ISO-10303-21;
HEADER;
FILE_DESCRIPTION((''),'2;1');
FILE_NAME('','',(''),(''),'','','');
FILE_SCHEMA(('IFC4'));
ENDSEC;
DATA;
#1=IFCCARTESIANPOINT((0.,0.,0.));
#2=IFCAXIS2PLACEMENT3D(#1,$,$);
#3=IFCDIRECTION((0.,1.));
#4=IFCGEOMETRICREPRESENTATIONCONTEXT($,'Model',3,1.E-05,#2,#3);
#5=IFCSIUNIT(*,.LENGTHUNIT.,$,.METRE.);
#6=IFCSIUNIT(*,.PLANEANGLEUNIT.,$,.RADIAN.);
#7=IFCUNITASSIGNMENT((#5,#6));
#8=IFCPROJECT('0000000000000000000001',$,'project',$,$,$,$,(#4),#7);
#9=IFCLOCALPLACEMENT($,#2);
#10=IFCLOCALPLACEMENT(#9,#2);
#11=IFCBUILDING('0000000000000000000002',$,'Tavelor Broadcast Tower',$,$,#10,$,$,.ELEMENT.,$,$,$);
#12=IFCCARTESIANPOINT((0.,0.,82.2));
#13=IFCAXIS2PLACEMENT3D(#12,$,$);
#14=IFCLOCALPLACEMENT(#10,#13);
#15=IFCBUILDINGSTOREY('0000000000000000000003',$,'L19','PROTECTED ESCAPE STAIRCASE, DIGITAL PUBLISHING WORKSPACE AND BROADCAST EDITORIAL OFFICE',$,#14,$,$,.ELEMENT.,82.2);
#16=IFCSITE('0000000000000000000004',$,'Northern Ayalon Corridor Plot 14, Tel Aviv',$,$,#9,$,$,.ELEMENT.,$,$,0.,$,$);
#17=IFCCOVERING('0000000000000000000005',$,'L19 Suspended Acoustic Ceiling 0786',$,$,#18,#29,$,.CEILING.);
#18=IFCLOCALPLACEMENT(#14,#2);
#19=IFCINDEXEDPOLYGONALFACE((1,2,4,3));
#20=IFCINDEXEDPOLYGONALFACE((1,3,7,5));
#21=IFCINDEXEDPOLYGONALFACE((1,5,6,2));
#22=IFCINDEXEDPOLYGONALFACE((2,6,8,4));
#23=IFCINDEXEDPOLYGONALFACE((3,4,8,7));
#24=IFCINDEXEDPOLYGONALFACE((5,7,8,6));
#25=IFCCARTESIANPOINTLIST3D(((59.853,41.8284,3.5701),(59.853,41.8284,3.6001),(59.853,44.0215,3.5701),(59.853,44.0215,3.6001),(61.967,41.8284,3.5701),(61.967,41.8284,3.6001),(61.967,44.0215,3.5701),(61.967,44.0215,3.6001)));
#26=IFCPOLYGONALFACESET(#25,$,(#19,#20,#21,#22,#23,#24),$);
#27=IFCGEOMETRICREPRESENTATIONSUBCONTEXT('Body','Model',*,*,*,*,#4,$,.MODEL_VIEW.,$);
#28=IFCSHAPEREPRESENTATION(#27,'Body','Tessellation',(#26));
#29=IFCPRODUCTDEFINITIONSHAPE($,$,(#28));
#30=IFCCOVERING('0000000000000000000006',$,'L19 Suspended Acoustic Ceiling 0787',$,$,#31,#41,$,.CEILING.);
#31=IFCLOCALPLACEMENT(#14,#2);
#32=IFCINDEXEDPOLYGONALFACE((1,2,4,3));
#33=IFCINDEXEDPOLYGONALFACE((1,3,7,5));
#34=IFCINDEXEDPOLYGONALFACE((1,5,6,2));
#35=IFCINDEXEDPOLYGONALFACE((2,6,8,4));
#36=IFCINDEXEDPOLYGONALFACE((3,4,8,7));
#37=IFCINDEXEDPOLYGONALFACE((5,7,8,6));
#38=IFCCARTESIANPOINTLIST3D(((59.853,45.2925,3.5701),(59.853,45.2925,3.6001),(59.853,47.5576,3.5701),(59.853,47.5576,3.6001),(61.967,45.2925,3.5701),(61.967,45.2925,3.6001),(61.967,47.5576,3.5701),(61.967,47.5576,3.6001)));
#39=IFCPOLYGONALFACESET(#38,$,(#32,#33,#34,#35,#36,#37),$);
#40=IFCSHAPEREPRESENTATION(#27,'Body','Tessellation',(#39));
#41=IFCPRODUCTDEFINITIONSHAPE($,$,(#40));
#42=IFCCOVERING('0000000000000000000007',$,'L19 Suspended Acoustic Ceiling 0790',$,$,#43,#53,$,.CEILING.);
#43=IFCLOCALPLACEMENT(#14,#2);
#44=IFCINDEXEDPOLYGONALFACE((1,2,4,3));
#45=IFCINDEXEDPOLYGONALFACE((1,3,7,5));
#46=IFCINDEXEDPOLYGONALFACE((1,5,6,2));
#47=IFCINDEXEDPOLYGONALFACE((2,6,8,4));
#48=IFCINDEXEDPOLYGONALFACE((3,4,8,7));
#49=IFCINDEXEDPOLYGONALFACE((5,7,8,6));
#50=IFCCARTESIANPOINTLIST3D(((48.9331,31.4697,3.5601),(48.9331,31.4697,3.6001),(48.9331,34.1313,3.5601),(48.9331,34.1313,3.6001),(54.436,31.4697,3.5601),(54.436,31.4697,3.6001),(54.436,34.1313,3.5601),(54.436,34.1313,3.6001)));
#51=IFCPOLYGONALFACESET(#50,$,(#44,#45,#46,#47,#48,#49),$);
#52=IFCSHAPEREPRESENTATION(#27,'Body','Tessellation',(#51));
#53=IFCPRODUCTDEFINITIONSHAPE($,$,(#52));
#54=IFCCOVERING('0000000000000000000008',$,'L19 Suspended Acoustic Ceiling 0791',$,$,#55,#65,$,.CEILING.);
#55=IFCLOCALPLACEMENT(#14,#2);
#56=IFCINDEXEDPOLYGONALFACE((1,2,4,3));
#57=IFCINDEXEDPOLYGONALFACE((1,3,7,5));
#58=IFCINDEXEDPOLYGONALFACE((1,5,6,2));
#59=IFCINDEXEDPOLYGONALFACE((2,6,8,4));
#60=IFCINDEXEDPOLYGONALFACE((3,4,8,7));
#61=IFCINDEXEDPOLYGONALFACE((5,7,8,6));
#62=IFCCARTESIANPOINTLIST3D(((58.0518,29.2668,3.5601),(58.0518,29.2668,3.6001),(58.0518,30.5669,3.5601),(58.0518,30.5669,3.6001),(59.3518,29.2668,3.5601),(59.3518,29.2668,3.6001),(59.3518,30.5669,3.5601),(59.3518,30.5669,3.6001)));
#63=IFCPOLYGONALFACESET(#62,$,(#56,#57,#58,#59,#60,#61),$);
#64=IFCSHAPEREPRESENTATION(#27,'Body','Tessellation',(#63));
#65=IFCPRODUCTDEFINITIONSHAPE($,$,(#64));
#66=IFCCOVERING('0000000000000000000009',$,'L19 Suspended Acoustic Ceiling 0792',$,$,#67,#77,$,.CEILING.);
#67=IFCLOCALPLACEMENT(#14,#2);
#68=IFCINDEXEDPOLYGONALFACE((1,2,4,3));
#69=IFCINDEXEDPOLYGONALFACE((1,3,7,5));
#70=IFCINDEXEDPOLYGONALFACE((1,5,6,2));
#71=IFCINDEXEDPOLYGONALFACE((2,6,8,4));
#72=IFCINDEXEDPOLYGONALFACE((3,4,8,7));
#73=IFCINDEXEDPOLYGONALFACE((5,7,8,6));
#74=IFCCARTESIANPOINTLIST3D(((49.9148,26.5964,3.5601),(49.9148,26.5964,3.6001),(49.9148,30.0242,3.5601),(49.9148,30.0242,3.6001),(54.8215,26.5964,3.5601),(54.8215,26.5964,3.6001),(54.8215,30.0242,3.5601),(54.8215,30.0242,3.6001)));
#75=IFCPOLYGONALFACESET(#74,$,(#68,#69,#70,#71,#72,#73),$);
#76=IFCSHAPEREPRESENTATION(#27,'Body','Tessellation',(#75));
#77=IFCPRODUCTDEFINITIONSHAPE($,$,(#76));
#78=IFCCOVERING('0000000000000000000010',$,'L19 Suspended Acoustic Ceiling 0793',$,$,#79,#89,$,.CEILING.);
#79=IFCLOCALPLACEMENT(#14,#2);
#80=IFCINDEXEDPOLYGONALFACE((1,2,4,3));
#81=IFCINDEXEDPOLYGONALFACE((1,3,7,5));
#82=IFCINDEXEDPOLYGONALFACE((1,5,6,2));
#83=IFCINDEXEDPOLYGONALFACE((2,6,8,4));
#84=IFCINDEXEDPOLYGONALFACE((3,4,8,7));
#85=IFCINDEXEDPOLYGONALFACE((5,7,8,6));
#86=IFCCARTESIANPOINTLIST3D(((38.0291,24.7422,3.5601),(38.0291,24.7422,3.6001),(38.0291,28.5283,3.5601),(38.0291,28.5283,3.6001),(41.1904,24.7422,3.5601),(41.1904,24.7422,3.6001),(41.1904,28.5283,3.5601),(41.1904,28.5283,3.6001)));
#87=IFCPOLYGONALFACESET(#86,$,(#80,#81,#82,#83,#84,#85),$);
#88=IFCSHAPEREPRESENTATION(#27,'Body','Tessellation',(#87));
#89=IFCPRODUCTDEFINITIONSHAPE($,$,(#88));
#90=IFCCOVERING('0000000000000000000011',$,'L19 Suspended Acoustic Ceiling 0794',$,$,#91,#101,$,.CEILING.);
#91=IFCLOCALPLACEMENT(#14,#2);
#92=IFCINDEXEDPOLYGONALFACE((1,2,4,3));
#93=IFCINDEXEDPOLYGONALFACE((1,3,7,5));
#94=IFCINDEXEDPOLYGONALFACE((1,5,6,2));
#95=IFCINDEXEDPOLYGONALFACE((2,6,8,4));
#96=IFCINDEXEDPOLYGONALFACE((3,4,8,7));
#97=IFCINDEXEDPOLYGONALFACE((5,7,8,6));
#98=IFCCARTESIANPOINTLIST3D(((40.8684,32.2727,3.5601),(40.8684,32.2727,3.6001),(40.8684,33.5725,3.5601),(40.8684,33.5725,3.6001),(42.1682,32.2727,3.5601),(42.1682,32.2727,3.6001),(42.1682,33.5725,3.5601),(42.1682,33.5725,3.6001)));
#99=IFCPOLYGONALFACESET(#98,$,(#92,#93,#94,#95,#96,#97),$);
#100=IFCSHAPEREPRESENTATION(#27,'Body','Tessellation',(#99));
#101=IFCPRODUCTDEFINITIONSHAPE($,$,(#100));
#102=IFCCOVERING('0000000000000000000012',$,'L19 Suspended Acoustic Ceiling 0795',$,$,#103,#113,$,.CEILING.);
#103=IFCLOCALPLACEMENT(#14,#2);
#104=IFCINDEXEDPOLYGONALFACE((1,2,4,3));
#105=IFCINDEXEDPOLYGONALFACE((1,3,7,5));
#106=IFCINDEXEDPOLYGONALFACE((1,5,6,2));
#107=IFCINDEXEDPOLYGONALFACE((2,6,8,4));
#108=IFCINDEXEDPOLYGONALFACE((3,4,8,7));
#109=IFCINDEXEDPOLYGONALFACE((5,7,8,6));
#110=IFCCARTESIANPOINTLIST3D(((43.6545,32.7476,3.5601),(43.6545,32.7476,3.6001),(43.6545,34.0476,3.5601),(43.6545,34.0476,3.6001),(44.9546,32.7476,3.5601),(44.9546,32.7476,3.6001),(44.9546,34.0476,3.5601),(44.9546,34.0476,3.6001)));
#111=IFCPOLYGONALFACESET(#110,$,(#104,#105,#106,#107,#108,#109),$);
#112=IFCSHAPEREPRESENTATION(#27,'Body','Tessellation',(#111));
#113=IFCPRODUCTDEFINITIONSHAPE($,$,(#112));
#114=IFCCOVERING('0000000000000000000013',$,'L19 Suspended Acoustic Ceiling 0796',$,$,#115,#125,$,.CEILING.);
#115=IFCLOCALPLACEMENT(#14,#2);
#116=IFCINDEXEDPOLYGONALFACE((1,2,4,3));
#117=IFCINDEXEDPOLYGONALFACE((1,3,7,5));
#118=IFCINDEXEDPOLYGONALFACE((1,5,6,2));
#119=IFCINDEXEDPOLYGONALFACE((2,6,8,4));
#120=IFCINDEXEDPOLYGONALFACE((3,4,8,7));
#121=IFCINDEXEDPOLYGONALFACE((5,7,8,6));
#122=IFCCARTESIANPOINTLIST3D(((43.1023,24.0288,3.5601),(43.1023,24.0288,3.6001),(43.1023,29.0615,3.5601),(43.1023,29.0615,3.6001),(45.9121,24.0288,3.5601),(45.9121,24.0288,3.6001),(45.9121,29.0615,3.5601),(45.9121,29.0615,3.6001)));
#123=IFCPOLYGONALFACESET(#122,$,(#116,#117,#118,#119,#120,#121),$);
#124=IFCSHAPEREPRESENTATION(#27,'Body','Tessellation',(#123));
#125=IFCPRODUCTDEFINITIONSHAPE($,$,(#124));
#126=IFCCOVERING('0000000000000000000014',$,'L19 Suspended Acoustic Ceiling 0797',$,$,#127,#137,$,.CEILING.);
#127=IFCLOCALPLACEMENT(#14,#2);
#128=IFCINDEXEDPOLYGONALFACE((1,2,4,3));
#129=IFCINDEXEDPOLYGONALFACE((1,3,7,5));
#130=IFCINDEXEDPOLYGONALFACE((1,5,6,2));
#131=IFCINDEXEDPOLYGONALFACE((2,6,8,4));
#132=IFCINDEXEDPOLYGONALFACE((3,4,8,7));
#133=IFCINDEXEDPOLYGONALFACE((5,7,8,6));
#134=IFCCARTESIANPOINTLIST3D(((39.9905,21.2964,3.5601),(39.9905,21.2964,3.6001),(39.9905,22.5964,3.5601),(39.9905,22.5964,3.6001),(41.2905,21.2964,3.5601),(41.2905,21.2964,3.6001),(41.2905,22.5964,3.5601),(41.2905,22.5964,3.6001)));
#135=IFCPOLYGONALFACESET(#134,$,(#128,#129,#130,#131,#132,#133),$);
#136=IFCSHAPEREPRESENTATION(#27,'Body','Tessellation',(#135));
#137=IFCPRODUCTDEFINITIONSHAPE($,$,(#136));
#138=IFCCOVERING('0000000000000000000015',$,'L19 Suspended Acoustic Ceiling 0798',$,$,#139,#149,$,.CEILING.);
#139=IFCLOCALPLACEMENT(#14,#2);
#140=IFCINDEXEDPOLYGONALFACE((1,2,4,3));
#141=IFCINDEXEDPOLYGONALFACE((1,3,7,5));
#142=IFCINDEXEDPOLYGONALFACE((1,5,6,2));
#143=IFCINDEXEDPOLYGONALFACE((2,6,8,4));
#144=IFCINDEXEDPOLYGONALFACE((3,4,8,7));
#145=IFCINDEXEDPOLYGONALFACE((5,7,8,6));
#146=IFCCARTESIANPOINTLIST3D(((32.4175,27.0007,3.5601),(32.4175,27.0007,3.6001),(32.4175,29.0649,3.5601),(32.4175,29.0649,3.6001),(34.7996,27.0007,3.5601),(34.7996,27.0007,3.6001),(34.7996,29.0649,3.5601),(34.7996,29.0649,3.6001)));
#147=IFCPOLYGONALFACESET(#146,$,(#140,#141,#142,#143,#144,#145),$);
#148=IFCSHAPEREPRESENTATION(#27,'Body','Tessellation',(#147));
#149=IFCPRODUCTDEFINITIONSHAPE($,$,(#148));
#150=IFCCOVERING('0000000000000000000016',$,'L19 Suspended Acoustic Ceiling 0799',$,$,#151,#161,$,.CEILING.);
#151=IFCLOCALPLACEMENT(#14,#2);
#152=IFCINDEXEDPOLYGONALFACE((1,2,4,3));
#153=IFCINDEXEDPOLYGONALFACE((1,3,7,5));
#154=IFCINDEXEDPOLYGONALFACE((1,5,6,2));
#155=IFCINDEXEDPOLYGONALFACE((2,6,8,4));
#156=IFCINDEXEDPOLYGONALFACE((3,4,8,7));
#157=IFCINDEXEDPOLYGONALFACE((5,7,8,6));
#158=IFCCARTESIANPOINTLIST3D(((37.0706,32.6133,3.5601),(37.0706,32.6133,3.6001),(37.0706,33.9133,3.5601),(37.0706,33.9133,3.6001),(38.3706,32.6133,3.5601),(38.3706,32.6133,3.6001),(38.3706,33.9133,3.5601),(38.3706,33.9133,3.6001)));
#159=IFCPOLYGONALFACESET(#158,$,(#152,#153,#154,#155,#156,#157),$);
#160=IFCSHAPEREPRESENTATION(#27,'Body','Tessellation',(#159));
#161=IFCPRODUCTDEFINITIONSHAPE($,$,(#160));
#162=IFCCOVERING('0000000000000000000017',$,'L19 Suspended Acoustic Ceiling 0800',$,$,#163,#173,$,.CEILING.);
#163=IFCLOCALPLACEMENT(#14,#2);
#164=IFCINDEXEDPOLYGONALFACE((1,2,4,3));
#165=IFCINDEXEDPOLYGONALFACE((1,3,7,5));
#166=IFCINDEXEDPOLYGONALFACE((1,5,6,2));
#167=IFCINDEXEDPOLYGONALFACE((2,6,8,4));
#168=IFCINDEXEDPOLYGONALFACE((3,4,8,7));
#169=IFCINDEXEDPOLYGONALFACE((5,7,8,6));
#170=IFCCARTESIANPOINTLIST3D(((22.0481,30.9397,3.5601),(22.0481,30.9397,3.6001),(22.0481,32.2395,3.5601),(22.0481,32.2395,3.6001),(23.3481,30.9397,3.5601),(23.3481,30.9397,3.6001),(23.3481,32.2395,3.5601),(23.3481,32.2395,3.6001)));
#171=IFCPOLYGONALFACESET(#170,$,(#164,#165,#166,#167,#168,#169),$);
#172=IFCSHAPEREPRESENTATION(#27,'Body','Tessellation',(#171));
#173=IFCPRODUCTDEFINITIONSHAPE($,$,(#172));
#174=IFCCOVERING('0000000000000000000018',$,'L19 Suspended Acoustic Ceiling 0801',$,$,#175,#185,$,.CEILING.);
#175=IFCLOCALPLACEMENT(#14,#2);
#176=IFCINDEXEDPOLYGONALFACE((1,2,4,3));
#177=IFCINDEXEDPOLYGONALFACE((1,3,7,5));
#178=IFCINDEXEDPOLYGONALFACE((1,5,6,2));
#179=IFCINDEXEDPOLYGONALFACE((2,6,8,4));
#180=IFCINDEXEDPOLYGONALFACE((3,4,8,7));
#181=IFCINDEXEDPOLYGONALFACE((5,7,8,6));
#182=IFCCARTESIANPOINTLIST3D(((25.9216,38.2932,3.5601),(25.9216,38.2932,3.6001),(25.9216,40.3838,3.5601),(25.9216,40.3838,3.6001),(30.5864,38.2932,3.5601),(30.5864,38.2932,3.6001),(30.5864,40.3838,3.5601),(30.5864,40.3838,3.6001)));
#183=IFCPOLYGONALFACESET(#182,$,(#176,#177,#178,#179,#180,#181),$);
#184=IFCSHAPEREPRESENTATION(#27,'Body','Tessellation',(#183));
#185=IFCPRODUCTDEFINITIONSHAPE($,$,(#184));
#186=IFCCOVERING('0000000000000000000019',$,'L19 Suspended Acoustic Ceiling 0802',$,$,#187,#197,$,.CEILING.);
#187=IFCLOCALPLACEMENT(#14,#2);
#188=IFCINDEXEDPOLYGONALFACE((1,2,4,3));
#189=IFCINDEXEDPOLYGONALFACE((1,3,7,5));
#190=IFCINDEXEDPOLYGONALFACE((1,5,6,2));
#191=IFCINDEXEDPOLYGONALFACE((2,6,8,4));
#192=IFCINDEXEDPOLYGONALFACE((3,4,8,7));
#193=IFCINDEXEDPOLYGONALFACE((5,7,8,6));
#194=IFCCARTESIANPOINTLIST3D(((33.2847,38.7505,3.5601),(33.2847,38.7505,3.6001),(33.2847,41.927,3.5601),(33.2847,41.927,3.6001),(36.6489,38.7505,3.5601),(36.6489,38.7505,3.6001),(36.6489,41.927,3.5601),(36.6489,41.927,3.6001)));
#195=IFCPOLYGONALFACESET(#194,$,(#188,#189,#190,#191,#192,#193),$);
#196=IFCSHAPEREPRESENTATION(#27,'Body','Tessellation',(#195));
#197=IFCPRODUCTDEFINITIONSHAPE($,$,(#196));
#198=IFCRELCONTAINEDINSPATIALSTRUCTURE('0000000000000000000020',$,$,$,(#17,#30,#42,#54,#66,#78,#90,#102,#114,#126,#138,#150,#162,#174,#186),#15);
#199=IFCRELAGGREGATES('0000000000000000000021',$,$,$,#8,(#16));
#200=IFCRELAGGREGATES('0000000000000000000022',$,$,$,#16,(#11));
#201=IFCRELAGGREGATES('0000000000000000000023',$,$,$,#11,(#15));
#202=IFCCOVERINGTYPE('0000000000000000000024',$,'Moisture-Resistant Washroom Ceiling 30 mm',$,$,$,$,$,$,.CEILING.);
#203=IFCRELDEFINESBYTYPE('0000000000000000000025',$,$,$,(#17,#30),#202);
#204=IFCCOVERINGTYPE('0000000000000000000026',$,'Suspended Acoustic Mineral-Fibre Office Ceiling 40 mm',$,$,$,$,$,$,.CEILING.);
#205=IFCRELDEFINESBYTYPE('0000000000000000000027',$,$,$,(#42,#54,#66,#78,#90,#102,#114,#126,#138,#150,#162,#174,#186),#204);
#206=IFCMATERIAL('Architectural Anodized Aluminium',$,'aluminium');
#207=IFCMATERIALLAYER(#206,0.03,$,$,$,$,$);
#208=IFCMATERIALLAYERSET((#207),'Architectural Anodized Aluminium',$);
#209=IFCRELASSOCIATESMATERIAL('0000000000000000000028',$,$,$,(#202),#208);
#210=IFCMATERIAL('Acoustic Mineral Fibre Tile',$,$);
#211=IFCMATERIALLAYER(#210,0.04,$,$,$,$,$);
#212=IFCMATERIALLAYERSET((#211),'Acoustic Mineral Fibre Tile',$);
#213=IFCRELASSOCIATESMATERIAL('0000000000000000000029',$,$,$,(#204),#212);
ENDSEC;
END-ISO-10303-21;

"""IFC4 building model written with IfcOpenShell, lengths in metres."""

from ifc_helpers import new_model, si_unit, direction, frame, origin, place, context, subcontext, project, spatial, polyline, outline, extrude, material, layer, layer_set, type_object, element, save


model = new_model("IFC4")

# Units and contexts
model_context = context("Model", 3, precision=1e-05, world=origin(), true_north=direction((0.0, 1.0)))
body_context = subcontext(model_context, "Body", "Model", "MODEL_VIEW")
ifc_project = project(units=[si_unit("LENGTHUNIT", "METRE"), si_unit("PLANEANGLEUNIT", "RADIAN")], contexts=[model_context])

# Site, building, storey
site_placement = place(None, origin())
site = spatial("IfcSite", under=ifc_project, at=site_placement, Name="Northern Ayalon Corridor Plot 14, Tel Aviv", CompositionType="ELEMENT", RefElevation=0.0)
building_placement = place(site_placement, origin())
building = spatial("IfcBuilding", under=site, at=building_placement, Name="Tavelor Broadcast Tower", CompositionType="ELEMENT")
storey_placement = place(building_placement, frame((0.0, 0.0, 82.2)))
storey = spatial("IfcBuildingStorey", under=building, at=storey_placement, Name="L19", Description="PROTECTED ESCAPE STAIRCASE, DIGITAL PUBLISHING WORKSPACE AND BROADCAST EDITORIAL OFFICE", CompositionType="ELEMENT", Elevation=82.2)

# Coverings
ifc_material_1 = material(Name="Architectural Anodized Aluminium", Category="aluminium")
ifc_layer_1 = layer(ifc_material_1, 0.03)
ifc_layer_set_1 = layer_set([ifc_layer_1], Name="Architectural Anodized Aluminium")
covering_type_1 = type_object("IfcCoveringType", Name="Moisture-Resistant Washroom Ceiling 30 mm", PredefinedType="CEILING", material=ifc_layer_set_1)
covering_1_placement = place(storey_placement, frame((0.0, 0.0, 3.5701)))
element("IfcCovering", 1, at=covering_1_placement, inside=storey, type_object=covering_type_1, Name="L19 Suspended Acoustic Ceiling 0786", PredefinedType="CEILING", context=body_context, shape_type="SweptSolid", body=[
    extrude(outline(polyline([(59.853, 41.8284), (61.967, 41.8284), (61.967, 44.0215), (59.853, 44.0215), (59.853, 41.8284)])), origin(), (0.0, 0.0, 1.0), 0.03),
])
covering_2_placement = place(storey_placement, frame((0.0, 0.0, 3.5701)))
element("IfcCovering", 2, at=covering_2_placement, inside=storey, type_object=covering_type_1, Name="L19 Suspended Acoustic Ceiling 0787", PredefinedType="CEILING", context=body_context, shape_type="SweptSolid", body=[
    extrude(outline(polyline([(59.853, 45.2925), (61.967, 45.2925), (61.967, 47.5576), (59.853, 47.5576), (59.853, 45.2925)])), origin(), (0.0, 0.0, 1.0), 0.03),
])
ifc_material_2 = material(Name="Acoustic Mineral Fibre Tile")
ifc_layer_2 = layer(ifc_material_2, 0.04)
ifc_layer_set_2 = layer_set([ifc_layer_2], Name="Acoustic Mineral Fibre Tile")
covering_type_2 = type_object("IfcCoveringType", Name="Suspended Acoustic Mineral-Fibre Office Ceiling 40 mm", PredefinedType="CEILING", material=ifc_layer_set_2)
covering_3_placement = place(storey_placement, frame((0.0, 0.0, 3.5601)))
element("IfcCovering", 3, at=covering_3_placement, inside=storey, type_object=covering_type_2, Name="L19 Suspended Acoustic Ceiling 0790", PredefinedType="CEILING", context=body_context, shape_type="SweptSolid", body=[
    extrude(outline(polyline([(48.9331, 31.4697), (54.436, 31.4697), (54.436, 34.1313), (48.9331, 34.1313), (48.9331, 31.4697)])), origin(), (0.0, 0.0, 1.0), 0.04),
])
covering_4_placement = place(storey_placement, frame((0.0, 0.0, 3.5601)))
element("IfcCovering", 4, at=covering_4_placement, inside=storey, type_object=covering_type_2, Name="L19 Suspended Acoustic Ceiling 0791", PredefinedType="CEILING", context=body_context, shape_type="SweptSolid", body=[
    extrude(outline(polyline([(58.0518, 29.2668), (59.3518, 29.2668), (59.3518, 30.5669), (58.0518, 30.5669), (58.0518, 29.2668)])), origin(), (0.0, 0.0, 1.0), 0.04),
])
covering_5_placement = place(storey_placement, frame((0.0, 0.0, 3.5601)))
element("IfcCovering", 5, at=covering_5_placement, inside=storey, type_object=covering_type_2, Name="L19 Suspended Acoustic Ceiling 0792", PredefinedType="CEILING", context=body_context, shape_type="SweptSolid", body=[
    extrude(outline(polyline([(49.9148, 26.5964), (54.8215, 26.5964), (54.8215, 30.0242), (49.9148, 30.0242), (49.9148, 26.5964)])), origin(), (0.0, 0.0, 1.0), 0.04),
])
covering_6_placement = place(storey_placement, frame((0.0, 0.0, 3.5601)))
element("IfcCovering", 6, at=covering_6_placement, inside=storey, type_object=covering_type_2, Name="L19 Suspended Acoustic Ceiling 0793", PredefinedType="CEILING", context=body_context, shape_type="SweptSolid", body=[
    extrude(outline(polyline([(38.0291, 24.7422), (41.1904, 24.7422), (41.1904, 28.5283), (38.0291, 28.5283), (38.0291, 24.7422)])), origin(), (0.0, 0.0, 1.0), 0.04),
])
covering_7_placement = place(storey_placement, frame((0.0, 0.0, 3.5601)))
element("IfcCovering", 7, at=covering_7_placement, inside=storey, type_object=covering_type_2, Name="L19 Suspended Acoustic Ceiling 0794", PredefinedType="CEILING", context=body_context, shape_type="SweptSolid", body=[
    extrude(outline(polyline([(40.8684, 32.2727), (42.1682, 32.2727), (42.1682, 33.5725), (40.8684, 33.5725), (40.8684, 32.2727)])), origin(), (0.0, 0.0, 1.0), 0.04),
])
covering_8_placement = place(storey_placement, frame((0.0, 0.0, 3.5601)))
element("IfcCovering", 8, at=covering_8_placement, inside=storey, type_object=covering_type_2, Name="L19 Suspended Acoustic Ceiling 0795", PredefinedType="CEILING", context=body_context, shape_type="SweptSolid", body=[
    extrude(outline(polyline([(43.6545, 32.7476), (44.9546, 32.7476), (44.9546, 34.0476), (43.6545, 34.0476), (43.6545, 32.7476)])), origin(), (0.0, 0.0, 1.0), 0.04),
])
covering_9_placement = place(storey_placement, frame((0.0, 0.0, 3.5601)))
element("IfcCovering", 9, at=covering_9_placement, inside=storey, type_object=covering_type_2, Name="L19 Suspended Acoustic Ceiling 0796", PredefinedType="CEILING", context=body_context, shape_type="SweptSolid", body=[
    extrude(outline(polyline([(43.1023, 24.0288), (45.9121, 24.0288), (45.9121, 29.0615), (43.1023, 29.0615), (43.1023, 24.0288)])), origin(), (0.0, 0.0, 1.0), 0.04),
])
covering_10_placement = place(storey_placement, frame((0.0, 0.0, 3.5601)))
element("IfcCovering", 10, at=covering_10_placement, inside=storey, type_object=covering_type_2, Name="L19 Suspended Acoustic Ceiling 0797", PredefinedType="CEILING", context=body_context, shape_type="SweptSolid", body=[
    extrude(outline(polyline([(39.9905, 21.2964), (41.2905, 21.2964), (41.2905, 22.5964), (39.9905, 22.5964), (39.9905, 21.2964)])), origin(), (0.0, 0.0, 1.0), 0.04),
])
covering_11_placement = place(storey_placement, frame((0.0, 0.0, 3.5601)))
element("IfcCovering", 11, at=covering_11_placement, inside=storey, type_object=covering_type_2, Name="L19 Suspended Acoustic Ceiling 0798", PredefinedType="CEILING", context=body_context, shape_type="SweptSolid", body=[
    extrude(outline(polyline([(32.4175, 27.0007), (34.7996, 27.0007), (34.7996, 29.0649), (32.4175, 29.0649), (32.4175, 27.0007)])), origin(), (0.0, 0.0, 1.0), 0.04),
])
covering_12_placement = place(storey_placement, frame((0.0, 0.0, 3.5601)))
element("IfcCovering", 12, at=covering_12_placement, inside=storey, type_object=covering_type_2, Name="L19 Suspended Acoustic Ceiling 0799", PredefinedType="CEILING", context=body_context, shape_type="SweptSolid", body=[
    extrude(outline(polyline([(37.0706, 32.6133), (38.3706, 32.6133), (38.3706, 33.9133), (37.0706, 33.9133), (37.0706, 32.6133)])), origin(), (0.0, 0.0, 1.0), 0.04),
])
covering_13_placement = place(storey_placement, frame((0.0, 0.0, 3.5601)))
element("IfcCovering", 13, at=covering_13_placement, inside=storey, type_object=covering_type_2, Name="L19 Suspended Acoustic Ceiling 0800", PredefinedType="CEILING", context=body_context, shape_type="SweptSolid", body=[
    extrude(outline(polyline([(22.0481, 30.9397), (23.3481, 30.9397), (23.3481, 32.2395), (22.0481, 32.2395), (22.0481, 30.9397)])), origin(), (0.0, 0.0, 1.0), 0.04),
])
covering_14_placement = place(storey_placement, frame((0.0, 0.0, 3.5601)))
element("IfcCovering", 14, at=covering_14_placement, inside=storey, type_object=covering_type_2, Name="L19 Suspended Acoustic Ceiling 0801", PredefinedType="CEILING", context=body_context, shape_type="SweptSolid", body=[
    extrude(outline(polyline([(25.9216, 38.2932), (30.5864, 38.2932), (30.5864, 40.3838), (25.9216, 40.3838), (25.9216, 38.2932)])), origin(), (0.0, 0.0, 1.0), 0.04),
])
covering_15_placement = place(storey_placement, frame((0.0, 0.0, 3.5601)))
element("IfcCovering", 15, at=covering_15_placement, inside=storey, type_object=covering_type_2, Name="L19 Suspended Acoustic Ceiling 0802", PredefinedType="CEILING", context=body_context, shape_type="SweptSolid", body=[
    extrude(outline(polyline([(33.2847, 38.7505), (36.6489, 38.7505), (36.6489, 41.927), (33.2847, 41.927), (33.2847, 38.7505)])), origin(), (0.0, 0.0, 1.0), 0.04),
])

save(model, "model.ifc")
